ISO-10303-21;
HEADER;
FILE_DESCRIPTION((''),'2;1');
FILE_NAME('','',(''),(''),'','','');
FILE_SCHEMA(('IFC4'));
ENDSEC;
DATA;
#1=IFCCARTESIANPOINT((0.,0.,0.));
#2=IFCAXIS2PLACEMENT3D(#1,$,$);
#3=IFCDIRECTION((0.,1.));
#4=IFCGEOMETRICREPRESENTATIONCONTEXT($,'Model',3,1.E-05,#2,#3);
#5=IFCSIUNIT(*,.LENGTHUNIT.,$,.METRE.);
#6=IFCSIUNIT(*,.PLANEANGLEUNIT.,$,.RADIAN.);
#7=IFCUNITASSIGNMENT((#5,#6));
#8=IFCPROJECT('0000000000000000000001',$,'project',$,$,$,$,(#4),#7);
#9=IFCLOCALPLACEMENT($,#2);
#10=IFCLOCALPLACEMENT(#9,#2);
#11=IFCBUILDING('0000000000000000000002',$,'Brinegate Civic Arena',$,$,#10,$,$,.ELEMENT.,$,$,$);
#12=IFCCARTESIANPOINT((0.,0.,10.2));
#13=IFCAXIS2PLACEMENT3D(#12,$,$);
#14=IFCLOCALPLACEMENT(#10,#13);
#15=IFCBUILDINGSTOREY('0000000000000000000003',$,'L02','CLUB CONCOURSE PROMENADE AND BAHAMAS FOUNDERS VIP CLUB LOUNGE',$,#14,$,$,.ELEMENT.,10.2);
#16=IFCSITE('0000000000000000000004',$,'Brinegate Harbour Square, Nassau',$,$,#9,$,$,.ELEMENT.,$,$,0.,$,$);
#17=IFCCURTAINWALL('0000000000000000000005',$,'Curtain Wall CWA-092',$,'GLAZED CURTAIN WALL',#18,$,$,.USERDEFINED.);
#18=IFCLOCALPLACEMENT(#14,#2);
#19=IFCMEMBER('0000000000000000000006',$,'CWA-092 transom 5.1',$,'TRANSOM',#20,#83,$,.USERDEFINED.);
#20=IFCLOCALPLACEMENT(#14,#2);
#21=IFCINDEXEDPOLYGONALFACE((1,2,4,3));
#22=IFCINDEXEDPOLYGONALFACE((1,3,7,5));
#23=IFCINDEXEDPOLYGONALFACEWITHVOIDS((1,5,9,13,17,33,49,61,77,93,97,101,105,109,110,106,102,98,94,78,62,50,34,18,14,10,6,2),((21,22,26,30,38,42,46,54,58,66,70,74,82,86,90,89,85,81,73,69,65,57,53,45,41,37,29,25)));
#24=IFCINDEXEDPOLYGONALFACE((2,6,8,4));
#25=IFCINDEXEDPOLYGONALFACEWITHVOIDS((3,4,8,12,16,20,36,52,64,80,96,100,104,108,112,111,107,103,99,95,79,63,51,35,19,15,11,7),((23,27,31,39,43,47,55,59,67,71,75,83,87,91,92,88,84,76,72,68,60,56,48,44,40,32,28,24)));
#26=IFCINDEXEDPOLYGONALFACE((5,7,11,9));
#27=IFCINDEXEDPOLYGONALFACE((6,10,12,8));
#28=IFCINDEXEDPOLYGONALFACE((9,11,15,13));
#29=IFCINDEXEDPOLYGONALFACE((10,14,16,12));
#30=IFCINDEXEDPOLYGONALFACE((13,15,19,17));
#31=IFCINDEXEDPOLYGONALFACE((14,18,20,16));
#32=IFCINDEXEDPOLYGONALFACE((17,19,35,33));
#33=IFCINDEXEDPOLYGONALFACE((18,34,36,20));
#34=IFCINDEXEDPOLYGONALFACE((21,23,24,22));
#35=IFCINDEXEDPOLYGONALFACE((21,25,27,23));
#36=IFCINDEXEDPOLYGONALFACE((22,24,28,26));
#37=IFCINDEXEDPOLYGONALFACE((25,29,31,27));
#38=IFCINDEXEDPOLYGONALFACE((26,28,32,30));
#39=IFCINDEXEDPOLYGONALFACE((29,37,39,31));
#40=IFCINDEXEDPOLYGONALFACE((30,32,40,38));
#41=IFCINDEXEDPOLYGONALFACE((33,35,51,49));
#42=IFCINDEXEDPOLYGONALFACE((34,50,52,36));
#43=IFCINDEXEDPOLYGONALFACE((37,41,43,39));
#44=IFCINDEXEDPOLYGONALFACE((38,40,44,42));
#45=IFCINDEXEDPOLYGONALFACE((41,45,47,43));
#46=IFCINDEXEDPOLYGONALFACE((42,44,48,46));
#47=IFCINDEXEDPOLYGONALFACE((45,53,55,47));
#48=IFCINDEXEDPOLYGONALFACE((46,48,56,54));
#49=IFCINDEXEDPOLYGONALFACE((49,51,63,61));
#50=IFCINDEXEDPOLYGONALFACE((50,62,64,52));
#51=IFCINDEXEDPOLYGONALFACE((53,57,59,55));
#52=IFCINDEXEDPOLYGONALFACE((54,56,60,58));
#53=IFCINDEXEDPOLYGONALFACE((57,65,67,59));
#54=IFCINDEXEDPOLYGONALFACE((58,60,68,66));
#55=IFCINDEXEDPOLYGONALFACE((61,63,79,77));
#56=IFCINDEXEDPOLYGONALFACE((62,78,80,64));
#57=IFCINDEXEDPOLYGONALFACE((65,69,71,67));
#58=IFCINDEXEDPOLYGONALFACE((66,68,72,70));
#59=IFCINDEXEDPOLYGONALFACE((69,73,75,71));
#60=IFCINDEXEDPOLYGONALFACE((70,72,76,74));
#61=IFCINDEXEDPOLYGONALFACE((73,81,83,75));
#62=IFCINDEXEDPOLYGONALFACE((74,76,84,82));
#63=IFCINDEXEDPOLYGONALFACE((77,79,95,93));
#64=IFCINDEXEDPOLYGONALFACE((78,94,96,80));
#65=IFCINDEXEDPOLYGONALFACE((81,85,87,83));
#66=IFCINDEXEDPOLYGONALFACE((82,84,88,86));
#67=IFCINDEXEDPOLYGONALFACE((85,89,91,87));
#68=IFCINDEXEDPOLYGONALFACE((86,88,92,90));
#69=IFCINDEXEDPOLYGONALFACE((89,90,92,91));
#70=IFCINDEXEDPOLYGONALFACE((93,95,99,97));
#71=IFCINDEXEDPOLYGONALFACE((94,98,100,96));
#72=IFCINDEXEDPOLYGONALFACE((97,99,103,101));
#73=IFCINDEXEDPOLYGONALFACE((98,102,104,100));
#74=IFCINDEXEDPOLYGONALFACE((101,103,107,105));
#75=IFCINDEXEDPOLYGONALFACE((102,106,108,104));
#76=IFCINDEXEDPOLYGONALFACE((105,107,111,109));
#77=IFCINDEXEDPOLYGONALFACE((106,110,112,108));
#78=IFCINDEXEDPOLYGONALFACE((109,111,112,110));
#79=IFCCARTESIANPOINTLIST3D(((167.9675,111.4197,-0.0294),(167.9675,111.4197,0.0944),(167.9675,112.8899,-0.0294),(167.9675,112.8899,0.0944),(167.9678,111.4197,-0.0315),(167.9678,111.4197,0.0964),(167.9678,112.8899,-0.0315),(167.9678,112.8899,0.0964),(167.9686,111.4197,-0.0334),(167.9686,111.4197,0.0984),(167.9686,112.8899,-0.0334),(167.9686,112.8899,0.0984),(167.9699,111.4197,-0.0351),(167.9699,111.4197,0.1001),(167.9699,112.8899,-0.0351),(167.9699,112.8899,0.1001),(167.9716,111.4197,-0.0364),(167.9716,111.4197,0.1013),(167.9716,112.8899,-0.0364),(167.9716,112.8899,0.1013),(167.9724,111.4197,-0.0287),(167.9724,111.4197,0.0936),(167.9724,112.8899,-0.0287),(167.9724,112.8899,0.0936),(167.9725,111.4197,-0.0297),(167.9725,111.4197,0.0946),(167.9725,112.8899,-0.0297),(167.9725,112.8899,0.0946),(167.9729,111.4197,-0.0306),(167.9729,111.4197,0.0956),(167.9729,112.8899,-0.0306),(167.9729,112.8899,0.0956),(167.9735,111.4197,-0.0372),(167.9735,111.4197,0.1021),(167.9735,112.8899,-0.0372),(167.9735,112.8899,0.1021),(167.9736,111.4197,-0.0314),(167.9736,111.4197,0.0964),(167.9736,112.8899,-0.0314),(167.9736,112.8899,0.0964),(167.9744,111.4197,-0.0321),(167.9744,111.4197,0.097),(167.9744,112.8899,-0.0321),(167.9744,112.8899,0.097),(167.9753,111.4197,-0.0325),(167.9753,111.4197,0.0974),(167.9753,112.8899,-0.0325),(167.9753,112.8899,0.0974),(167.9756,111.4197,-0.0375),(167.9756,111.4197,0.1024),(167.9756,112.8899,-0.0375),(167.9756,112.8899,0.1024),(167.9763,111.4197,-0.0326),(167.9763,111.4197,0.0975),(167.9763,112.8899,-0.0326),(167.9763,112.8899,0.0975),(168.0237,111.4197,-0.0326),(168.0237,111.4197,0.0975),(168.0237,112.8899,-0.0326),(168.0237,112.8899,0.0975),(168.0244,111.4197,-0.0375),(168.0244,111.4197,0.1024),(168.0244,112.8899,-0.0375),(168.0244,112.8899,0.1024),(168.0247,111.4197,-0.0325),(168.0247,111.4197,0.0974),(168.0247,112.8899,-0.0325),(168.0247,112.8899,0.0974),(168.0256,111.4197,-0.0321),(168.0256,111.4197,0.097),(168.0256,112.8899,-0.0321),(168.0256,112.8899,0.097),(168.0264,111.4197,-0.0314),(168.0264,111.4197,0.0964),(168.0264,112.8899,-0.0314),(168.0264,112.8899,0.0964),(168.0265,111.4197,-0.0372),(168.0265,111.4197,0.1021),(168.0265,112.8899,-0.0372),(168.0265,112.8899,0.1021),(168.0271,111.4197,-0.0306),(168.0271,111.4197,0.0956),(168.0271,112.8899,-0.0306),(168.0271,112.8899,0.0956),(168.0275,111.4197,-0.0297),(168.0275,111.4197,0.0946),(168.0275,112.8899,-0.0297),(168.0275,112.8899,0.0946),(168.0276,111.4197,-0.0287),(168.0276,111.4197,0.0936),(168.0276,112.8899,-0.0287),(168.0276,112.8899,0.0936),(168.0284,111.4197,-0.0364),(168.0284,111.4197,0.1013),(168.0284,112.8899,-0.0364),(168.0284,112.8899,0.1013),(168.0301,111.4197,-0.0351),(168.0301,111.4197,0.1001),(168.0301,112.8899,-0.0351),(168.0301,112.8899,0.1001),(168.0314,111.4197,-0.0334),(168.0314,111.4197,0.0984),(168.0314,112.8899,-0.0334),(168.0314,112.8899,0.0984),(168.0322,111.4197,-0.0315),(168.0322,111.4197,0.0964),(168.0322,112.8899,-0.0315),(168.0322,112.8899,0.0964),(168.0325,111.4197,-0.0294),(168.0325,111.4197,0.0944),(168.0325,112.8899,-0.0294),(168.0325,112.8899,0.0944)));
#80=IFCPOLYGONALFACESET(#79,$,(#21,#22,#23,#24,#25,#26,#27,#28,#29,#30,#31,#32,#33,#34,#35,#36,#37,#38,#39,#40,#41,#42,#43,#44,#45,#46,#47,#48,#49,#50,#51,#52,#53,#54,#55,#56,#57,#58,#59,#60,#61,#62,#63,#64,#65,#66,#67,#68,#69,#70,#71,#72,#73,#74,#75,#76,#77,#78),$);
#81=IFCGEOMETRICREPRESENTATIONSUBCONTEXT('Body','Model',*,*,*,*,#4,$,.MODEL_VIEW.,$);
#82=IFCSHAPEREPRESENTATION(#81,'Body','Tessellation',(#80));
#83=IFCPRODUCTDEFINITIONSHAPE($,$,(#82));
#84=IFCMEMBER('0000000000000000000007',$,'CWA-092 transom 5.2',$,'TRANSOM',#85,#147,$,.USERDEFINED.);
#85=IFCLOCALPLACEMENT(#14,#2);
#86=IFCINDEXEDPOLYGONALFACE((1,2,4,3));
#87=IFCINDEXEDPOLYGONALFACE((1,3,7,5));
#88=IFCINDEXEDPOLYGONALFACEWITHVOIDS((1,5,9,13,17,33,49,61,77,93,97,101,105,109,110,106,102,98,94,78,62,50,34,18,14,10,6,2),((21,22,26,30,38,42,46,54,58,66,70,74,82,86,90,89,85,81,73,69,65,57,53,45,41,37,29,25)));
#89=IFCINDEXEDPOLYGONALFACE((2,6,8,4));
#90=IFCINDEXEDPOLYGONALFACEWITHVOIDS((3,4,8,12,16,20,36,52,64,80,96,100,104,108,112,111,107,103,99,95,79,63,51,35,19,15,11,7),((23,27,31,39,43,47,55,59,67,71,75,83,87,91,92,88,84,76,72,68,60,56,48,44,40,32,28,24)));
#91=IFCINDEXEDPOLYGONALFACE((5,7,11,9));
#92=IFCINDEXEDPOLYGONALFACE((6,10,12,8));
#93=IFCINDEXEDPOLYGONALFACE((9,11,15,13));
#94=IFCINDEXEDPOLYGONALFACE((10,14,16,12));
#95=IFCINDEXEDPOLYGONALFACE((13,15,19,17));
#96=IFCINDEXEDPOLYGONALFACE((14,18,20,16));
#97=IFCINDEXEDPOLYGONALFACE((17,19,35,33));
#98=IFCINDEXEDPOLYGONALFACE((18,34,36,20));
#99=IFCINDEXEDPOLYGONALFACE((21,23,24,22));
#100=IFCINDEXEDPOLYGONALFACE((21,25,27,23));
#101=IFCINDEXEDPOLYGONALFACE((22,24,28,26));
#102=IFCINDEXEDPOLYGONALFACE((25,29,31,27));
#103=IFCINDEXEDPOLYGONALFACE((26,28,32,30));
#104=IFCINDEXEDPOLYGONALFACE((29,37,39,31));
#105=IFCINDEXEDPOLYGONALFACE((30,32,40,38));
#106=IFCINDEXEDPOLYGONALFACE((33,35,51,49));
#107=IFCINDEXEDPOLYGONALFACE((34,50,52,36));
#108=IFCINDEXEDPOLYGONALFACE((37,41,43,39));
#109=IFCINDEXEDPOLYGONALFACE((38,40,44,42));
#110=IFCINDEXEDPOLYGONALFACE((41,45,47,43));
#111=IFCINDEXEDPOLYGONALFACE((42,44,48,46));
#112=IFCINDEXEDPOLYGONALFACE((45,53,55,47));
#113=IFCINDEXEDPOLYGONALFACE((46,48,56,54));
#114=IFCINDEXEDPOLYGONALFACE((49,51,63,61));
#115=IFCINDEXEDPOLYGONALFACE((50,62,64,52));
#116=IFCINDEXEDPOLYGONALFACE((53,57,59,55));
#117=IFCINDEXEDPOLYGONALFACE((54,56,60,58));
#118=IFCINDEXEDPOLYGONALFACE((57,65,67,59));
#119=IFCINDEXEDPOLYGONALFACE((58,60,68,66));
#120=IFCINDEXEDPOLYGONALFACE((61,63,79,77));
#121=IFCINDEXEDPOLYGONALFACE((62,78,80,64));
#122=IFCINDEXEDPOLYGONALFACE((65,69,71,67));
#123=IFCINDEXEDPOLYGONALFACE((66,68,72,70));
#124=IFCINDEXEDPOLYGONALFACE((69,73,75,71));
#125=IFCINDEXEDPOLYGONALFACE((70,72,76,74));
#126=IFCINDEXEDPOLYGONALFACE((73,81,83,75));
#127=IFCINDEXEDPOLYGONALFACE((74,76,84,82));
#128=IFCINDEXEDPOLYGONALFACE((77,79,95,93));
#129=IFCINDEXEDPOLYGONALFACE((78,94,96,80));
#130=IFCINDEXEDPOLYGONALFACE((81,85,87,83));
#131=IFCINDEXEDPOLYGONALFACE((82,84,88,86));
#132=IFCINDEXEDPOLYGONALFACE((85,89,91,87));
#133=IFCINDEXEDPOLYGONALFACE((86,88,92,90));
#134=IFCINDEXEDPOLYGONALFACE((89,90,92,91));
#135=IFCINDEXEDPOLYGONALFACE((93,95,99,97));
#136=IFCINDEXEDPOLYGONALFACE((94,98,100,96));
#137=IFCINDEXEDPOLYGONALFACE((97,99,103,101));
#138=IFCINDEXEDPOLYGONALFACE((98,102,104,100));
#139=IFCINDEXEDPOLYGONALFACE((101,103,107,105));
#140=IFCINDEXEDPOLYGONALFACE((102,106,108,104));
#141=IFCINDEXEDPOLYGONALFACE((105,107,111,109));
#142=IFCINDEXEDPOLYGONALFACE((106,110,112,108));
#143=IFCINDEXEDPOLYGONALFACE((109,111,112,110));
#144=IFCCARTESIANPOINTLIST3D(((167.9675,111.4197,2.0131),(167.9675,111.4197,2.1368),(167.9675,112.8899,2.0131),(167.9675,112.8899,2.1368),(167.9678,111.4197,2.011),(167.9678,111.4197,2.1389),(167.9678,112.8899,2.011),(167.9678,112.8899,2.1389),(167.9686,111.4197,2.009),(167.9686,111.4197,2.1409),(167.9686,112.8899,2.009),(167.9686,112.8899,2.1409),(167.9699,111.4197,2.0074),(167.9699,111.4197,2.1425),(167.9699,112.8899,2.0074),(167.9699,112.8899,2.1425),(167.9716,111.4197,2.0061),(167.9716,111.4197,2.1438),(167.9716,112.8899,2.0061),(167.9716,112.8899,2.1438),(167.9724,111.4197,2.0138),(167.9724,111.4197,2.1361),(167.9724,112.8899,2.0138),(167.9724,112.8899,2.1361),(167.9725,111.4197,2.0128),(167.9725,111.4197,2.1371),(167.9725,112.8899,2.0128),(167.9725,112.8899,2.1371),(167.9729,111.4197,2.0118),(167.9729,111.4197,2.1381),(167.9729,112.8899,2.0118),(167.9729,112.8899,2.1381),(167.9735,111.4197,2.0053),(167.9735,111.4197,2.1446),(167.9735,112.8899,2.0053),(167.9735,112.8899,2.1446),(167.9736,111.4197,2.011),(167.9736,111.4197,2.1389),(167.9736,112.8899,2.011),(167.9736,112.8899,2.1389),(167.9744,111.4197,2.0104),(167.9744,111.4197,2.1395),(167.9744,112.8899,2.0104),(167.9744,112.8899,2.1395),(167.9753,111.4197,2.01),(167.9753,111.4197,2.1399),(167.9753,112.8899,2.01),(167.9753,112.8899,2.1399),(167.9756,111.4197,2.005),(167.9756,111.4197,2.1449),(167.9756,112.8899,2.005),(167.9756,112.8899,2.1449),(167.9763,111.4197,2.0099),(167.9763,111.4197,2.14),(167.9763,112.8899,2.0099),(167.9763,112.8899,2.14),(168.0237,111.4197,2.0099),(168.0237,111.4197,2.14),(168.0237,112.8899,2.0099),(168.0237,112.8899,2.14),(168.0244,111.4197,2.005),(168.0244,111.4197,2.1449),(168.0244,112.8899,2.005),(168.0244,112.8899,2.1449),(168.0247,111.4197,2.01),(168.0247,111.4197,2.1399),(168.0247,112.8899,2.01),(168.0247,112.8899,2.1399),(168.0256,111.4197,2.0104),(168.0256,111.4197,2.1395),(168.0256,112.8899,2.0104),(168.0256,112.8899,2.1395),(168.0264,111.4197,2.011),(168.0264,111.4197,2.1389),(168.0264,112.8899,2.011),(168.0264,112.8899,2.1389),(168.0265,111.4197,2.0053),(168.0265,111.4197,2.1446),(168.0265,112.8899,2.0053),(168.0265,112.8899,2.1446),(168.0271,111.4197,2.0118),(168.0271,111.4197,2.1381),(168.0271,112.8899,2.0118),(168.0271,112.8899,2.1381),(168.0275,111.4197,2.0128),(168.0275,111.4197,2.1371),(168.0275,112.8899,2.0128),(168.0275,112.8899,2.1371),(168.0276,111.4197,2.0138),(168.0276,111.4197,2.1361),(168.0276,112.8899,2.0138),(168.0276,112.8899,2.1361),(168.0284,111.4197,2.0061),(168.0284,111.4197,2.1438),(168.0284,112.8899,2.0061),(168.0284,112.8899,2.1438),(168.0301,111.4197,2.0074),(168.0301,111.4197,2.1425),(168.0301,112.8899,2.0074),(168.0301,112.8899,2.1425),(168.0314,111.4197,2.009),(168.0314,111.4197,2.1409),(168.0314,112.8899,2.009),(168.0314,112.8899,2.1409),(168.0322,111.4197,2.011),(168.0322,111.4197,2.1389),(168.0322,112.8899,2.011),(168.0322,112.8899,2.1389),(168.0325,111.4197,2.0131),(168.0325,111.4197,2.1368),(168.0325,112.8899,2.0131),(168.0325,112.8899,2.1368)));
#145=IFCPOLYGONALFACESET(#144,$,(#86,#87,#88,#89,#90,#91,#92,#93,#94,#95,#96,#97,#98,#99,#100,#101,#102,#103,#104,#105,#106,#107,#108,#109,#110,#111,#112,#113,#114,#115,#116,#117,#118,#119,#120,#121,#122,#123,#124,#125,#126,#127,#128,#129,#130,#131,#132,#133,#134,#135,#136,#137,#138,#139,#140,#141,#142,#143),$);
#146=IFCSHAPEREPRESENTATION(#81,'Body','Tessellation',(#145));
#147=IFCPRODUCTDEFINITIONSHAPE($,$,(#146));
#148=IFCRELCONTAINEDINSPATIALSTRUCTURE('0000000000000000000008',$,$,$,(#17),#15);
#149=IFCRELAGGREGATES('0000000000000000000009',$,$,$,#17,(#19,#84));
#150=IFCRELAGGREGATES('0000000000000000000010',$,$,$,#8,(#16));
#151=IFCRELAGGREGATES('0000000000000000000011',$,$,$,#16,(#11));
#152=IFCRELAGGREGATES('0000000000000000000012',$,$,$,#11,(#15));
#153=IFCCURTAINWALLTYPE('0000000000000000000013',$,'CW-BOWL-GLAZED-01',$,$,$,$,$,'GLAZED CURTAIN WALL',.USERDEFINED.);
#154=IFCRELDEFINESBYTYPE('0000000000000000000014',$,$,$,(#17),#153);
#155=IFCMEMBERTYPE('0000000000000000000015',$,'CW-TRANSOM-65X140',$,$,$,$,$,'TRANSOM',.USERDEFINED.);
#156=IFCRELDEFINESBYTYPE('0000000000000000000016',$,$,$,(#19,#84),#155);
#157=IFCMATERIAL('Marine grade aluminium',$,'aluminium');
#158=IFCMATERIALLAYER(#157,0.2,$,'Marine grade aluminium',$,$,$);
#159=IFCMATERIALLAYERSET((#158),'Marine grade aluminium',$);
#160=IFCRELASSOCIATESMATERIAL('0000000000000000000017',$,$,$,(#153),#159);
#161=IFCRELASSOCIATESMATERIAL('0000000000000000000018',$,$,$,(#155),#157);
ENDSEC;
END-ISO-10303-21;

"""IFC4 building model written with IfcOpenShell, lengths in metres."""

from ifc_helpers import new_model, si_unit, direction, frame, origin, origin_2d, place, context, subcontext, project, spatial, hollow_rectangle, extrude, material, layer, layer_set, material_profile, profile_set, type_object, element, aggregate, save


model = new_model("IFC4")

# Units and contexts
model_context = context("Model", 3, precision=1e-05, world=origin(), true_north=direction((0.0, 1.0)))
body_context = subcontext(model_context, "Body", "Model", "MODEL_VIEW")
ifc_project = project(units=[si_unit("LENGTHUNIT", "METRE"), si_unit("PLANEANGLEUNIT", "RADIAN")], contexts=[model_context])

# Site, building, storey
site_placement = place(None, origin())
site = spatial("IfcSite", under=ifc_project, at=site_placement, Name="Brinegate Harbour Square, Nassau", CompositionType="ELEMENT", RefElevation=0.0)
building_placement = place(site_placement, origin())
building = spatial("IfcBuilding", under=site, at=building_placement, Name="Brinegate Civic Arena", CompositionType="ELEMENT")
storey_placement = place(building_placement, frame((0.0, 0.0, 10.2)))
storey = spatial("IfcBuildingStorey", under=building, at=storey_placement, Name="L02", Description="CLUB CONCOURSE PROMENADE AND BAHAMAS FOUNDERS VIP CLUB LOUNGE", CompositionType="ELEMENT", Elevation=10.2)

# Curtain wall
ifc_material_1 = material(Name="Marine grade aluminium", Category="aluminium")
ifc_layer_1 = layer(ifc_material_1, 0.2, Name="Marine grade aluminium")
ifc_layer_set_1 = layer_set([ifc_layer_1], Name="Marine grade aluminium")
curtain_wall_type = type_object("IfcCurtainWallType", Name="CW-BOWL-GLAZED-01", ElementType="GLAZED CURTAIN WALL", PredefinedType="USERDEFINED", material=ifc_layer_set_1)
curtain_wall_1_placement = place(storey_placement, origin())
curtain_wall_1 = element("IfcCurtainWall", 1, at=curtain_wall_1_placement, inside=storey, type_object=curtain_wall_type, Name="Curtain Wall CWA-092", ObjectType="GLAZED CURTAIN WALL", PredefinedType="USERDEFINED")

# Members
ifc_material_profile_1 = material_profile(ifc_material_1, hollow_rectangle(XDim=0.0649, YDim=0.1399, WallThickness=0.0049, InnerFilletRadius=0.0039, OuterFilletRadius=0.0081, at=origin_2d()), Name="TRN65X140")
ifc_profile_set_1 = profile_set([ifc_material_profile_1], Name="Marine grade aluminium")
member_type_1 = type_object("IfcMemberType", Name="CW-TRANSOM-65X140", ElementType="TRANSOM", PredefinedType="USERDEFINED", material=ifc_profile_set_1)
member_1_placement = place(storey_placement, frame((168.0, 111.4197, 0.0325), z_axis=(0.0, 1.0, 0.0), x_axis=(-1.0, 0.0, 0.0)))
member_1 = element("IfcMember", 2, at=member_1_placement, type_object=member_type_1, Name="CWA-092 transom 5.1", ObjectType="TRANSOM", PredefinedType="USERDEFINED", context=body_context, shape_type="SweptSolid", body=[
    extrude(hollow_rectangle(XDim=0.0649, YDim=0.1399, WallThickness=0.0049, InnerFilletRadius=0.0039, OuterFilletRadius=0.0081, at=origin_2d()), origin(), (0.0, 0.0, 1.0), 1.4702),
])
member_2_placement = place(storey_placement, frame((168.0, 111.4197, 2.075), z_axis=(0.0, 1.0, 0.0), x_axis=(-1.0, 0.0, 0.0)))
member_2 = element("IfcMember", 3, at=member_2_placement, type_object=member_type_1, Name="CWA-092 transom 5.2", ObjectType="TRANSOM", PredefinedType="USERDEFINED", context=body_context, shape_type="SweptSolid", body=[
    extrude(hollow_rectangle(XDim=0.0649, YDim=0.1399, WallThickness=0.0049, InnerFilletRadius=0.0039, OuterFilletRadius=0.0081, at=origin_2d()), origin(), (0.0, 0.0, 1.0), 1.4702),
])

aggregate(curtain_wall_1, [member_1, member_2])

save(model, "model.ifc")
